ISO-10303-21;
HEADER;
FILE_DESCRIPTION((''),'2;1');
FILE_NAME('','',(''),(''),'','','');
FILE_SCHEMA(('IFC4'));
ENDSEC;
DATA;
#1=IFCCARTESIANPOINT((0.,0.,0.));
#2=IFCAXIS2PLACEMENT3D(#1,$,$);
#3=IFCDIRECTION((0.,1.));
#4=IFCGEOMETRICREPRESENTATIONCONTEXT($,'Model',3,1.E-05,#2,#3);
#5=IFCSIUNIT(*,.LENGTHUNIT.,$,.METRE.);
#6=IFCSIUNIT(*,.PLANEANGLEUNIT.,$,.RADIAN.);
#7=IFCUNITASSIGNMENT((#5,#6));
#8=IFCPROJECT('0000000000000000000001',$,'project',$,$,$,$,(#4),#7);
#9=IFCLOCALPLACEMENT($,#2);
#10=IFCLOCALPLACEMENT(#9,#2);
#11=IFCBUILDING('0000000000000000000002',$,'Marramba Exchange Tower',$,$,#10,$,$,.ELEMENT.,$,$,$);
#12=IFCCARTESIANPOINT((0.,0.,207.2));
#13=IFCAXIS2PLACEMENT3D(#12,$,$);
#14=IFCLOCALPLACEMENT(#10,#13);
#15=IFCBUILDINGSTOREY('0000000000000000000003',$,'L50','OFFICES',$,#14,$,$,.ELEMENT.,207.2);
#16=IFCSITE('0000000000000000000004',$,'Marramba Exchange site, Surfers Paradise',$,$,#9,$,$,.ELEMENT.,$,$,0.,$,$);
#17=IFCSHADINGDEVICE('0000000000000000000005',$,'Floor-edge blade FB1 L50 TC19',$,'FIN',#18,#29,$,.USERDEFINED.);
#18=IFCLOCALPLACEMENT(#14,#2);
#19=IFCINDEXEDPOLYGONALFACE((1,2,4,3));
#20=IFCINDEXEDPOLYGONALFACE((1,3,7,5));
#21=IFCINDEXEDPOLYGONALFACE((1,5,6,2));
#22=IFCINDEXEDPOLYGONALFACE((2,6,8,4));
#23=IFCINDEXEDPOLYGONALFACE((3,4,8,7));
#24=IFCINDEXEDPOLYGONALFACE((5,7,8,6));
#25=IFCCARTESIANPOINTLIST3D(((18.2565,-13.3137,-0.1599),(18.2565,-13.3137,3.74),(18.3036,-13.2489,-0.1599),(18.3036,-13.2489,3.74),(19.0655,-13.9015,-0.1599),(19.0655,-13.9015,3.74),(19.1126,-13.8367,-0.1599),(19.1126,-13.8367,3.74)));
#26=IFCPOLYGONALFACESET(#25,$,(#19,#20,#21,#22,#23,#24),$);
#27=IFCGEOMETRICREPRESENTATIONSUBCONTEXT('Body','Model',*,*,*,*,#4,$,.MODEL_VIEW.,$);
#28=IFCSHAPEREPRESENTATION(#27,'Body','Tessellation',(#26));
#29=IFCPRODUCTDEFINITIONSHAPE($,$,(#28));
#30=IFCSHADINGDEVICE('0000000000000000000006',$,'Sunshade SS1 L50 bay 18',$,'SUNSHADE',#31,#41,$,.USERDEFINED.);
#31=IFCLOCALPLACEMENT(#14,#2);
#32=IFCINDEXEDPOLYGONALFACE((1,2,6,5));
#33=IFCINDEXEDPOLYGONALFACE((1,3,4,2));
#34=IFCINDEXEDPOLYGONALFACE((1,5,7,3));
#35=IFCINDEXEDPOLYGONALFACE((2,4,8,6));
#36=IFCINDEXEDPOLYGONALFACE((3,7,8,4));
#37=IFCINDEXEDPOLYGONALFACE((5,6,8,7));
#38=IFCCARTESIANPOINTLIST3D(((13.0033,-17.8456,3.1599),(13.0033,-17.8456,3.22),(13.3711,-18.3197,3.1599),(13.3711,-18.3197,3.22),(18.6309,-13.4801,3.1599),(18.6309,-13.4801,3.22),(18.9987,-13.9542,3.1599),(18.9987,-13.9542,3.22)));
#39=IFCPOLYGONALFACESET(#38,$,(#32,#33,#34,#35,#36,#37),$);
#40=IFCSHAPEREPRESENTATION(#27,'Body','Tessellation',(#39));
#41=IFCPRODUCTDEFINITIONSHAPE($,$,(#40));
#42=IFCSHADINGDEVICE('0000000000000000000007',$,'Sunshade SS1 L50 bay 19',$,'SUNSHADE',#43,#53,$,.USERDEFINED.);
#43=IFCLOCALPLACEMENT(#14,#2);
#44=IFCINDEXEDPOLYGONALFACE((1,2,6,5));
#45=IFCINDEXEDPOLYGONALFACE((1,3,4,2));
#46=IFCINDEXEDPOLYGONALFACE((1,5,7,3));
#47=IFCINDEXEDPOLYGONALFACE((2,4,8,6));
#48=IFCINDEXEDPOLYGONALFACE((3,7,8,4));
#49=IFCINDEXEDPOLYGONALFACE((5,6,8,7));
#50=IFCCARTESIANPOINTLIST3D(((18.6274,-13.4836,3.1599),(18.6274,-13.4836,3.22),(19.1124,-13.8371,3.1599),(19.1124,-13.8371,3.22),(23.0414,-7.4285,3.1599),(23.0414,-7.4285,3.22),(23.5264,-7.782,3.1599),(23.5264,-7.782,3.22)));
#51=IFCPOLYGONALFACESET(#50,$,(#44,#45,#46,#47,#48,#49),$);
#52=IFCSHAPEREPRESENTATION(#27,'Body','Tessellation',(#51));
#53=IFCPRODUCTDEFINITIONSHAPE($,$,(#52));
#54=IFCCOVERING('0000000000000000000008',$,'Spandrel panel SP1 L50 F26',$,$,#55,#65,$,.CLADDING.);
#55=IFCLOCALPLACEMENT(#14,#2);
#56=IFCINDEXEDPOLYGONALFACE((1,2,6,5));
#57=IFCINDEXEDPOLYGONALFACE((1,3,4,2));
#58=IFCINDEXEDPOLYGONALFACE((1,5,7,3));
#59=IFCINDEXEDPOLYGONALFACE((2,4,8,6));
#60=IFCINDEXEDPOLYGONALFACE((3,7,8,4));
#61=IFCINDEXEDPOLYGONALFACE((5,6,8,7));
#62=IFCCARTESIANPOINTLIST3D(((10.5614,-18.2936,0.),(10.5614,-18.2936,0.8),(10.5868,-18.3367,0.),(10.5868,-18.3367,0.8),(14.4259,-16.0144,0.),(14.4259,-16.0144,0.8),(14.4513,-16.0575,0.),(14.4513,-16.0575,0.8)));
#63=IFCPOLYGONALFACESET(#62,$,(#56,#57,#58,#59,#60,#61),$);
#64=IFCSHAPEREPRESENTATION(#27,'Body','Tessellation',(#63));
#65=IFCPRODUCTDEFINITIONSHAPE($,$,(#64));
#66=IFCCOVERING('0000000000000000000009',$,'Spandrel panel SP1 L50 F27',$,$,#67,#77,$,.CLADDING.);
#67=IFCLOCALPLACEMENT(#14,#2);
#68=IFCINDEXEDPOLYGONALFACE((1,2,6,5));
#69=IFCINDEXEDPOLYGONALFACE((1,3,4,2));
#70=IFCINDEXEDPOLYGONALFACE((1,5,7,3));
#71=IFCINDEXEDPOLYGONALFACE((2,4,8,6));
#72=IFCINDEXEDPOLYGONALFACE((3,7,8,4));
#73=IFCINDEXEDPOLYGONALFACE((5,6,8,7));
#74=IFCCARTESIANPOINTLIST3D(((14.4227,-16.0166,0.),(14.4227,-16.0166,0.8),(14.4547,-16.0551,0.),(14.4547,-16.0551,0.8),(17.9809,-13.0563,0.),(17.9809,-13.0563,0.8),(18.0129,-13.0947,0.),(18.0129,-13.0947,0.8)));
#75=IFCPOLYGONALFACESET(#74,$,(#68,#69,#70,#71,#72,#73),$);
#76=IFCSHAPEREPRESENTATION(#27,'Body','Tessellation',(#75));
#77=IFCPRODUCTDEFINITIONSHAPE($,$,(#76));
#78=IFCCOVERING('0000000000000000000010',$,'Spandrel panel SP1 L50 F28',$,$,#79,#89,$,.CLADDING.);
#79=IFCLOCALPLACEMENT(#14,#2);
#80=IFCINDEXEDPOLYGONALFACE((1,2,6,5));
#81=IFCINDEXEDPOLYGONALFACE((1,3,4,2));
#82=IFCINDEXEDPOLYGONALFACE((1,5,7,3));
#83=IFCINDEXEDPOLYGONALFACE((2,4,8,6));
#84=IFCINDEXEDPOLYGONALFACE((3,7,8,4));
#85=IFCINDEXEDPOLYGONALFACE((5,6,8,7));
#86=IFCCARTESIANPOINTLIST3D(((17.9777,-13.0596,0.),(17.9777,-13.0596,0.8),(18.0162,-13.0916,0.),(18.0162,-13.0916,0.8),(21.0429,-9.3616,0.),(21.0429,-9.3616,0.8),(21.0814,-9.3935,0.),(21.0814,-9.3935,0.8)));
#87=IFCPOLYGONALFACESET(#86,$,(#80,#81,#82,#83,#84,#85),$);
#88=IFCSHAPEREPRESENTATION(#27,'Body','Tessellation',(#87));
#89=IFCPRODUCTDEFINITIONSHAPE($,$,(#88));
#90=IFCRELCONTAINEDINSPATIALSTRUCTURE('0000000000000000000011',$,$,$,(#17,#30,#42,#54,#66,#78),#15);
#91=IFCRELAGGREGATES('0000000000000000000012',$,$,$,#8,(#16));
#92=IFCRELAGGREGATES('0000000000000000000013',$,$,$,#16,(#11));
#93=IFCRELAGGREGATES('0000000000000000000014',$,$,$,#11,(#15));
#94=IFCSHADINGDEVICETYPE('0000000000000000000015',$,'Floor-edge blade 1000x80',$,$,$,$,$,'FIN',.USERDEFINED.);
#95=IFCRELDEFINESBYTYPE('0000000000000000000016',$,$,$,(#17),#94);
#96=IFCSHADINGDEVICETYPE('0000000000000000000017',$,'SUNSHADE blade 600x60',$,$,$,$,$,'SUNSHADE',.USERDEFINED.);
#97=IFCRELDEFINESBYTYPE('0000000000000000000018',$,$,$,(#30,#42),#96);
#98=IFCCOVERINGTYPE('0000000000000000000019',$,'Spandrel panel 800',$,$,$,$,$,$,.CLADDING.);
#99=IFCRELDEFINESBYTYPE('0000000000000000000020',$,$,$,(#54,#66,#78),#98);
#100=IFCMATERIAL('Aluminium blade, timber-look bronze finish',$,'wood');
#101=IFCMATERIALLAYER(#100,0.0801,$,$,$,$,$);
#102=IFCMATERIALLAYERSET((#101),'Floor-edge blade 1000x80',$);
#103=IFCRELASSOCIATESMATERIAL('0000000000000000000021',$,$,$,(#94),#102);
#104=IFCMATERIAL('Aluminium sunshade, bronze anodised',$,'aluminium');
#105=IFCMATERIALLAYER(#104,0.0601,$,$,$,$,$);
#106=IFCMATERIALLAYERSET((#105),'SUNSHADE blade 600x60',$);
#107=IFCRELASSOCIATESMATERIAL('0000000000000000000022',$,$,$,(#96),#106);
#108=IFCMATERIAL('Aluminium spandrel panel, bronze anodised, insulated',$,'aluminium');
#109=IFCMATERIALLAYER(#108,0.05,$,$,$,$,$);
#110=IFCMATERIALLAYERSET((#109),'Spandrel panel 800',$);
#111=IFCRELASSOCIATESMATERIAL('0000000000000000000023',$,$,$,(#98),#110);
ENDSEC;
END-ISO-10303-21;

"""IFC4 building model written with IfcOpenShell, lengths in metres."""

from ifc_helpers import new_model, si_unit, direction, frame, origin, origin_2d, place, context, subcontext, project, spatial, rectangle, extrude, material, layer, layer_set, type_object, element, save


model = new_model("IFC4")

# Units and contexts
model_context = context("Model", 3, precision=1e-05, world=origin(), true_north=direction((0.0, 1.0)))
body_context = subcontext(model_context, "Body", "Model", "MODEL_VIEW")
ifc_project = project(units=[si_unit("LENGTHUNIT", "METRE"), si_unit("PLANEANGLEUNIT", "RADIAN")], contexts=[model_context])

# Site, building, storey
site_placement = place(None, origin())
site = spatial("IfcSite", under=ifc_project, at=site_placement, Name="Marramba Exchange site, Surfers Paradise", CompositionType="ELEMENT", RefElevation=0.0)
building_placement = place(site_placement, origin())
building = spatial("IfcBuilding", under=site, at=building_placement, Name="Marramba Exchange Tower", CompositionType="ELEMENT")
storey_placement = place(building_placement, frame((0.0, 0.0, 207.2)))
storey = spatial("IfcBuildingStorey", under=building, at=storey_placement, Name="L50", Description="OFFICES", CompositionType="ELEMENT", Elevation=207.2)

# Shading devices
ifc_material_1 = material(Name="Aluminium blade, timber-look bronze finish", Category="wood")
ifc_layer_1 = layer(ifc_material_1, 0.0801)
ifc_layer_set_1 = layer_set([ifc_layer_1], Name="Floor-edge blade 1000x80")
shading_device_type_1 = type_object("IfcShadingDeviceType", Name="Floor-edge blade 1000x80", ElementType="FIN", PredefinedType="USERDEFINED", material=ifc_layer_set_1)
for number, where, z_axis, x_axis, name in (
    (1, (18.6846, -13.5752, -0.1599), (0.0, 0.0, 1.0), (0.809017, -0.587785, 0.0), "Floor-edge blade FB1 L50 TC19"),
):
    element("IfcShadingDevice", number, at=place(storey_placement, frame(where, z_axis=z_axis, x_axis=x_axis)), inside=storey, type_object=shading_device_type_1, Name=name, ObjectType="FIN", PredefinedType="USERDEFINED", context=body_context, shape_type="SweptSolid", body=[
        extrude(rectangle(XDim=1.0, YDim=0.0801, at=origin_2d()), origin(), (0.0, 0.0, 1.0), 3.8999),
    ])
ifc_material_2 = material(Name="Aluminium sunshade, bronze anodised", Category="aluminium")
ifc_layer_2 = layer(ifc_material_2, 0.0601)
ifc_layer_set_2 = layer_set([ifc_layer_2], Name="SUNSHADE blade 600x60")
shading_device_type_2 = type_object("IfcShadingDeviceType", Name="SUNSHADE blade 600x60", ElementType="SUNSHADE", PredefinedType="USERDEFINED", material=ifc_layer_set_2)
shading_device_1_placement = place(storey_placement, frame((16.001, -15.8999, 3.1599), z_axis=(0.0, 0.0, 1.0), x_axis=(0.790133, 0.612935, 0.0)))
element("IfcShadingDevice", 2, at=shading_device_1_placement, inside=storey, type_object=shading_device_type_2, Name="Sunshade SS1 L50 bay 18", ObjectType="SUNSHADE", PredefinedType="USERDEFINED", context=body_context, shape_type="SweptSolid", body=[
    extrude(rectangle(XDim=7.1223, YDim=0.6001, at=origin_2d()), origin(), (0.0, 0.0, 1.0), 0.0601),
])
shading_device_2_placement = place(storey_placement, frame((21.0769, -10.6328, 3.1599), z_axis=(0.0, 0.0, 1.0), x_axis=(0.589072, 0.808081, 0.0)))
element("IfcShadingDevice", 3, at=shading_device_2_placement, inside=storey, type_object=shading_device_type_2, Name="Sunshade SS1 L50 bay 19", ObjectType="SUNSHADE", PredefinedType="USERDEFINED", context=body_context, shape_type="SweptSolid", body=[
    extrude(rectangle(XDim=7.4932, YDim=0.6001, at=origin_2d()), origin(), (0.0, 0.0, 1.0), 0.0601),
])

# Coverings
ifc_material_3 = material(Name="Aluminium spandrel panel, bronze anodised, insulated", Category="aluminium")
ifc_layer_3 = layer(ifc_material_3, 0.05)
ifc_layer_set_3 = layer_set([ifc_layer_3], Name="Spandrel panel 800")
covering_type = type_object("IfcCoveringType", Name="Spandrel panel 800", PredefinedType="CLADDING", material=ifc_layer_set_3)
covering_1_placement = place(storey_placement, frame((12.5063, -17.1755, 0.0), z_axis=(0.0, 0.0, 1.0), x_axis=(0.861351, 0.508011, 0.0)))
element("IfcCovering", 4, at=covering_1_placement, inside=storey, type_object=covering_type, Name="Spandrel panel SP1 L50 F26", PredefinedType="CLADDING", context=body_context, shape_type="SweptSolid", body=[
    extrude(rectangle(XDim=4.4866, YDim=0.05, at=origin_2d()), origin(), (0.0, 0.0, 1.0), 0.8),
])
covering_2_placement = place(storey_placement, frame((16.2178, -14.5557, 0.0), z_axis=(0.0, 0.0, 1.0), x_axis=(0.768737, 0.639565, 0.0)))
element("IfcCovering", 5, at=covering_2_placement, inside=storey, type_object=covering_type, Name="Spandrel panel SP1 L50 F27", PredefinedType="CLADDING", context=body_context, shape_type="SweptSolid", body=[
    extrude(rectangle(XDim=4.6287, YDim=0.05, at=origin_2d()), origin(), (0.0, 0.0, 1.0), 0.8),
])
covering_3_placement = place(storey_placement, frame((19.5295, -11.2266, 0.0), z_axis=(0.0, 0.0, 1.0), x_axis=(0.63815, 0.769912, 0.0)))
element("IfcCovering", 6, at=covering_3_placement, inside=storey, type_object=covering_type, Name="Spandrel panel SP1 L50 F28", PredefinedType="CLADDING", context=body_context, shape_type="SweptSolid", body=[
    extrude(rectangle(XDim=4.8032, YDim=0.05, at=origin_2d()), origin(), (0.0, 0.0, 1.0), 0.8),
])

save(model, "model.ifc")
